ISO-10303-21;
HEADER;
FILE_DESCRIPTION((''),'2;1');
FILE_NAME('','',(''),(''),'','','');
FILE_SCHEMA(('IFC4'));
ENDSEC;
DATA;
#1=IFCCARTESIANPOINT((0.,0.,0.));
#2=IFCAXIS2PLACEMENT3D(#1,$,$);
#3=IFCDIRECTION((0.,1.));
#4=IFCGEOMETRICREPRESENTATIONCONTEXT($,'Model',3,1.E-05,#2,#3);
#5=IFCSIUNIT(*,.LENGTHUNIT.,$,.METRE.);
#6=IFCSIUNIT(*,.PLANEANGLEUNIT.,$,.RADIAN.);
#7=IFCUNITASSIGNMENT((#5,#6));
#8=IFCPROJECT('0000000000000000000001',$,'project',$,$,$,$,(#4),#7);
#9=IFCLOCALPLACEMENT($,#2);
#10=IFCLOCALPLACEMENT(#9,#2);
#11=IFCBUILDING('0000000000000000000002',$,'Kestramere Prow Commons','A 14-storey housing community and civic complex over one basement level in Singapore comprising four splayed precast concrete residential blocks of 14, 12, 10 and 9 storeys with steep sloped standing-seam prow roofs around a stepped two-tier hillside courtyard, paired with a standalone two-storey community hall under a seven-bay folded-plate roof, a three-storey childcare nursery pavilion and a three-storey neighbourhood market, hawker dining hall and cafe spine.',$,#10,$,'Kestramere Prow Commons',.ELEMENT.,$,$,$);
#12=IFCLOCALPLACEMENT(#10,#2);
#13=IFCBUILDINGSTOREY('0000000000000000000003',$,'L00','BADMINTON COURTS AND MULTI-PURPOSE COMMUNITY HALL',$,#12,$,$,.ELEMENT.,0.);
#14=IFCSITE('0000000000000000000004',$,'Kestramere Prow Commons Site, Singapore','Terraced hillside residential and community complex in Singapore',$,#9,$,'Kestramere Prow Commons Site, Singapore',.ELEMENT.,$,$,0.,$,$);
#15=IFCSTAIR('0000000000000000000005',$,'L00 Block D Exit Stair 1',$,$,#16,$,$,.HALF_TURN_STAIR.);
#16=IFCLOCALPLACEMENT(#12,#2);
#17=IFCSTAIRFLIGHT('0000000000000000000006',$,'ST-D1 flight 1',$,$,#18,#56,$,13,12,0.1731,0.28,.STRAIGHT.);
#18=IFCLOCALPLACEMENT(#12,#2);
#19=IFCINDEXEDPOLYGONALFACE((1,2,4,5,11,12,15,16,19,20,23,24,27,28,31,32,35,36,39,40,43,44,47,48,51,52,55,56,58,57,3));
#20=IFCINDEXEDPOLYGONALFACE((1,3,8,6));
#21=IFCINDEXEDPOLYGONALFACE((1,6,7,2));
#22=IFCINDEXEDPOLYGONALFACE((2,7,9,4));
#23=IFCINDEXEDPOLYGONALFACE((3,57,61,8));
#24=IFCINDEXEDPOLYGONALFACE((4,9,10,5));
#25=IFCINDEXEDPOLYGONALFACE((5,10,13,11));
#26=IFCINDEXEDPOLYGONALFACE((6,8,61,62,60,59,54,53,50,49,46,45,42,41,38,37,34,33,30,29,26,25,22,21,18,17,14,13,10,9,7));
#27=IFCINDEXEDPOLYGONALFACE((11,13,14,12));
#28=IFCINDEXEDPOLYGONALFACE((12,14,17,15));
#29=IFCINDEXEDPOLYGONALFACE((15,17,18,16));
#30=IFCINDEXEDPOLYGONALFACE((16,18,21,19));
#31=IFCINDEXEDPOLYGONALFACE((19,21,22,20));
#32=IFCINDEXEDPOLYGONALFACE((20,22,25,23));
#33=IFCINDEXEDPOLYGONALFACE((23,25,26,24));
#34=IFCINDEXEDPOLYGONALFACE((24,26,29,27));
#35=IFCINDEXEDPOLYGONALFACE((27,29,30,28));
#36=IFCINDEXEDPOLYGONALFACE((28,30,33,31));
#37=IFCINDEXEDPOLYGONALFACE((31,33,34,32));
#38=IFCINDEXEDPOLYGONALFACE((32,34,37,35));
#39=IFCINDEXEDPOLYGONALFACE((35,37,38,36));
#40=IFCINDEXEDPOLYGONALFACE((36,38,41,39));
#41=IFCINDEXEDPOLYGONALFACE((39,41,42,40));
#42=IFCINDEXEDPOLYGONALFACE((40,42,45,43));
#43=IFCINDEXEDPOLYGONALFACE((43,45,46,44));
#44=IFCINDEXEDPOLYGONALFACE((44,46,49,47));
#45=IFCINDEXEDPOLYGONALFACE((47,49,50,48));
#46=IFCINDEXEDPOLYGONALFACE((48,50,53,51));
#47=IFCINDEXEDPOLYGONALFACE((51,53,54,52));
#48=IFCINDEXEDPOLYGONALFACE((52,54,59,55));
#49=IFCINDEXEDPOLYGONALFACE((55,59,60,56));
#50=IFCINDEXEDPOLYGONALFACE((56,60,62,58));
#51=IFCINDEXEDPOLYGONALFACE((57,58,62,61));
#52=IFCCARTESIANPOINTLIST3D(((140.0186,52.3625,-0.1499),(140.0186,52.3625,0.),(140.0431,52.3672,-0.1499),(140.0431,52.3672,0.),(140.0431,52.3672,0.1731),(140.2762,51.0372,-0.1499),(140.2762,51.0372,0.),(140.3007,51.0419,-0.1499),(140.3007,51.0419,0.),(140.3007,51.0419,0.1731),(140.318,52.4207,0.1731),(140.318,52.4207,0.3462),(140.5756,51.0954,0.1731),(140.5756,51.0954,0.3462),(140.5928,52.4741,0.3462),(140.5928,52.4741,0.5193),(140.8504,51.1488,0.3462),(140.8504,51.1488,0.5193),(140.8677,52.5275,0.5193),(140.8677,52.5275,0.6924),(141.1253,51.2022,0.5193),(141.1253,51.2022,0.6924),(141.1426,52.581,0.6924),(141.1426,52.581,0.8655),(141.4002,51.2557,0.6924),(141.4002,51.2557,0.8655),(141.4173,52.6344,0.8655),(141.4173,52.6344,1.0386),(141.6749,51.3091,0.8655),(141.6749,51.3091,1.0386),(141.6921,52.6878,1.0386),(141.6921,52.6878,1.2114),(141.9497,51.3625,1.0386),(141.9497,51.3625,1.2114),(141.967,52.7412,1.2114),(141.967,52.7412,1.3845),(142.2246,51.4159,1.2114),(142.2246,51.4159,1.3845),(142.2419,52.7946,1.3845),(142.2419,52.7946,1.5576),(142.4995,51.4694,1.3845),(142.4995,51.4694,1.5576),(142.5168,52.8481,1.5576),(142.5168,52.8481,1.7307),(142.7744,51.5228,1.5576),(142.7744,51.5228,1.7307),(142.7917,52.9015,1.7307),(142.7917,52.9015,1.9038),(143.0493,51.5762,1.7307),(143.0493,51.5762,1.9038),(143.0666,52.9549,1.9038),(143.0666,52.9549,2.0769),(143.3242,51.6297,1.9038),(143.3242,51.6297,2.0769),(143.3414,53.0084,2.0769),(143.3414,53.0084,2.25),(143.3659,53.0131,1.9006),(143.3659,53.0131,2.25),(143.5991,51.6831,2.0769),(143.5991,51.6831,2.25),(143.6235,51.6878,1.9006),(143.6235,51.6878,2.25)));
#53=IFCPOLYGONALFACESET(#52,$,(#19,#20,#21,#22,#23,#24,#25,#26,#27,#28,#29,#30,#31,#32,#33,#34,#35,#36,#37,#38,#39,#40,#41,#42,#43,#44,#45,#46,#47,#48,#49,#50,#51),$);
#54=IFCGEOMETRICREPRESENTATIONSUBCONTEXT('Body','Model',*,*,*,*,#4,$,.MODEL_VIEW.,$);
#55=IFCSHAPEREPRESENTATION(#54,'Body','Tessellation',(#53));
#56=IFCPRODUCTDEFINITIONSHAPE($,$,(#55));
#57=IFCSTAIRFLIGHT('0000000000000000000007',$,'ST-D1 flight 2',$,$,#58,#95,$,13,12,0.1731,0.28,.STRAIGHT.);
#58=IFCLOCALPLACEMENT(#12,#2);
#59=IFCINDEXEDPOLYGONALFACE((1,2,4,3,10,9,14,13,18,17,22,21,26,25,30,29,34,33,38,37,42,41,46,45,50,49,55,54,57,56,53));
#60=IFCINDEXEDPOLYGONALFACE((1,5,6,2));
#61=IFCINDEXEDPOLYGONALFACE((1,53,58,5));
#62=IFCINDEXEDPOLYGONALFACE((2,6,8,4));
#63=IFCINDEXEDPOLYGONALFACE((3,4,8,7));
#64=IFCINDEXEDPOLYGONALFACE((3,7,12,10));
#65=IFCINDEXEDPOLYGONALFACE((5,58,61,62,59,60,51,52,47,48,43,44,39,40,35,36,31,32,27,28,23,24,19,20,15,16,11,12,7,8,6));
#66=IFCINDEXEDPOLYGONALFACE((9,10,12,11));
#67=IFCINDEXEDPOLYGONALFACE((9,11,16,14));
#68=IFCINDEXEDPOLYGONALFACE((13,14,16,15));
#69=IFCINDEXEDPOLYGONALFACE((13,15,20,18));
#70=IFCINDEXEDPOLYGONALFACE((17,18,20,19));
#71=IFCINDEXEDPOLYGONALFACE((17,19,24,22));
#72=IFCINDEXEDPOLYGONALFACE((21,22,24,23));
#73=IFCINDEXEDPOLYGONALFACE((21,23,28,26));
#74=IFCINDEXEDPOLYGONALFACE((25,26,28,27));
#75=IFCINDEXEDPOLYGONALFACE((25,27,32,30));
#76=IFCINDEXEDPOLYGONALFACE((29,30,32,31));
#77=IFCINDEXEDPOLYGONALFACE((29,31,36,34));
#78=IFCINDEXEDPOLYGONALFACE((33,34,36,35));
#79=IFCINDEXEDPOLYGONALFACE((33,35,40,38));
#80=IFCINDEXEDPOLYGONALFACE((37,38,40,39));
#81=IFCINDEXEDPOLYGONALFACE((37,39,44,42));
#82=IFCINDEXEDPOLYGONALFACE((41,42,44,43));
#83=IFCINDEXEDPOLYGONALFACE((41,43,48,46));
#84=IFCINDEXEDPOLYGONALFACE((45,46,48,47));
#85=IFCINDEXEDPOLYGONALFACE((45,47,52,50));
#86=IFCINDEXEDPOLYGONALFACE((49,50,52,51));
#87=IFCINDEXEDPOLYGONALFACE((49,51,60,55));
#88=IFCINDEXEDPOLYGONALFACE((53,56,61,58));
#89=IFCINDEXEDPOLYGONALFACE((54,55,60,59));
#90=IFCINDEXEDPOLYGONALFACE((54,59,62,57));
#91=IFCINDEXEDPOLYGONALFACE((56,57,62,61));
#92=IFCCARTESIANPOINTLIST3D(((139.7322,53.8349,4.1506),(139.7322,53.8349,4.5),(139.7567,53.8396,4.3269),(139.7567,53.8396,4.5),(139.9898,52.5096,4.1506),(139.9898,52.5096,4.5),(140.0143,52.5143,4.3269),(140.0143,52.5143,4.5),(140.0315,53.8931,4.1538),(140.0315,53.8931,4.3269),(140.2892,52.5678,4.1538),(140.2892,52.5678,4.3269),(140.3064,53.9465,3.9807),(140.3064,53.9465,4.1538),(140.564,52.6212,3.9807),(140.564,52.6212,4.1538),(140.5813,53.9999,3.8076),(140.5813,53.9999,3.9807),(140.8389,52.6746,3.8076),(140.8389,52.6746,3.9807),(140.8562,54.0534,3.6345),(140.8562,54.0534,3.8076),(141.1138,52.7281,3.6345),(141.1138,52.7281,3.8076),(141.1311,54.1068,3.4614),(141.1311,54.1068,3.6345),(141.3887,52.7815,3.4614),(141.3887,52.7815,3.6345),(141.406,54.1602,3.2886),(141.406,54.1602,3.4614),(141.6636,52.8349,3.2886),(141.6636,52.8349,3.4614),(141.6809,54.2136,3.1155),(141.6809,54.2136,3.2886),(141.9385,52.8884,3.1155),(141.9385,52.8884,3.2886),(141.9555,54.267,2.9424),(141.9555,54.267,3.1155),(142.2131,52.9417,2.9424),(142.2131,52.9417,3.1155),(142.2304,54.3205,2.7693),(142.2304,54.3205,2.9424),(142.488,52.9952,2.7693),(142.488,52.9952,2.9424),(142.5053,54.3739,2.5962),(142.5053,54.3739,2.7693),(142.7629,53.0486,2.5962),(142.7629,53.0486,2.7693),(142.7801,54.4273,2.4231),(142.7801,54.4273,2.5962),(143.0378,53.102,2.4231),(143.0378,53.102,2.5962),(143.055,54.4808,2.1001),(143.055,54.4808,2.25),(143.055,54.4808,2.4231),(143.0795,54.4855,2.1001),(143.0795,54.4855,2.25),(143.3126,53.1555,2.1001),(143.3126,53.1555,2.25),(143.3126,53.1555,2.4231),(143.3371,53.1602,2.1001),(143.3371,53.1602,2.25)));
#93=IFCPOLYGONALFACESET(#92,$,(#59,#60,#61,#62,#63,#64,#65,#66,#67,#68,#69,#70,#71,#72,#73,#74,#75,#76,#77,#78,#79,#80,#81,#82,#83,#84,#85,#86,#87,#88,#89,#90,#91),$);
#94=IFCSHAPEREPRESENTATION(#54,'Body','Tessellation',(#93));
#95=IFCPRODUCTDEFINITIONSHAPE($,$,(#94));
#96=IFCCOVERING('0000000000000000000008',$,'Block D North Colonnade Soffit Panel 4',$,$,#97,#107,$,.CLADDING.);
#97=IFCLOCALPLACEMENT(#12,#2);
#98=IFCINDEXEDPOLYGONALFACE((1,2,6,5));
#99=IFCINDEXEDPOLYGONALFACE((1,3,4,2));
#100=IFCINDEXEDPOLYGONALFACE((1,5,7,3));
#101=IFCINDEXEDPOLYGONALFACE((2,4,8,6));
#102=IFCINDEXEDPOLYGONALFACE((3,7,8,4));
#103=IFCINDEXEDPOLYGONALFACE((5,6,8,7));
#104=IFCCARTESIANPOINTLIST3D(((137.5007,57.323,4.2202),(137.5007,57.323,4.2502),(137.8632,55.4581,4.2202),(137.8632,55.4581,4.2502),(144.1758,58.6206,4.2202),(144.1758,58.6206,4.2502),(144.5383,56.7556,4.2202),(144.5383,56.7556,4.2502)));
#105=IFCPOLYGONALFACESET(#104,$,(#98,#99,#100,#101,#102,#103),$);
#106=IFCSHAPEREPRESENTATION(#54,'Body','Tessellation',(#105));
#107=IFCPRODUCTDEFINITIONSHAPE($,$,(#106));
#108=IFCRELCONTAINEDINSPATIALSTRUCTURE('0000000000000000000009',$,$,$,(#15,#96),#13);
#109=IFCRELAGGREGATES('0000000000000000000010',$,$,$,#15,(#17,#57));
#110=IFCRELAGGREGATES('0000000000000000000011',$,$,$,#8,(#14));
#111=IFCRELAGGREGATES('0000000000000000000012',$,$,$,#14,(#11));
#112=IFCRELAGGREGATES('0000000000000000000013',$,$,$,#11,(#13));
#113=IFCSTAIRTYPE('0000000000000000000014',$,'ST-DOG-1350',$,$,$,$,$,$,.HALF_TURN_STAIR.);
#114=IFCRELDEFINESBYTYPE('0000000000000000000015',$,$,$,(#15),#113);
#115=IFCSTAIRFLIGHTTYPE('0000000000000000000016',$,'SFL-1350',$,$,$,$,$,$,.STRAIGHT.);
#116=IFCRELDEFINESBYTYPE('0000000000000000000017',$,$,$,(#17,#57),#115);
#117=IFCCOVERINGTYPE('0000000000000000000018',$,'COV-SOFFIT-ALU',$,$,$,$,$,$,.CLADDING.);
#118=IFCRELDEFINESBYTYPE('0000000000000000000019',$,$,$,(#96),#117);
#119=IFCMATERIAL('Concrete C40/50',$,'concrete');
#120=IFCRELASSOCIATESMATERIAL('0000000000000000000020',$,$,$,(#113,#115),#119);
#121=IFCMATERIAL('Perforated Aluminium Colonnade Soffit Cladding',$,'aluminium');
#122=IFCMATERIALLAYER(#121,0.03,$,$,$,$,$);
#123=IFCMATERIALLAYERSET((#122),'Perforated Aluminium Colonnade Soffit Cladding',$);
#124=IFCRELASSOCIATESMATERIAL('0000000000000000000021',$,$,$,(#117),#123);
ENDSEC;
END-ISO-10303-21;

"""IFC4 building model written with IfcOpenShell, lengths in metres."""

from ifc_helpers import new_model, si_unit, direction, frame, origin, origin_2d, place, context, subcontext, project, spatial, polyline, rectangle, outline, extrude, material, layer, layer_set, type_object, element, aggregate, save


model = new_model("IFC4")

# Units and contexts
model_context = context("Model", 3, precision=1e-05, world=origin(), true_north=direction((0.0, 1.0)))
body_context = subcontext(model_context, "Body", "Model", "MODEL_VIEW")
ifc_project = project(units=[si_unit("LENGTHUNIT", "METRE"), si_unit("PLANEANGLEUNIT", "RADIAN")], contexts=[model_context])

# Site, building, storey
site_placement = place(None, origin())
site = spatial("IfcSite", under=ifc_project, at=site_placement, Name="Kestramere Prow Commons Site, Singapore", Description="Terraced hillside residential and community complex in Singapore", LongName="Kestramere Prow Commons Site, Singapore", CompositionType="ELEMENT", RefElevation=0.0)
building_placement = place(site_placement, origin())
building = spatial("IfcBuilding", under=site, at=building_placement, Name="Kestramere Prow Commons", Description="A 14-storey housing community and civic complex over one basement level in Singapore comprising four splayed precast concrete residential blocks of 14, 12, 10 and 9 storeys with steep sloped standing-seam prow roofs around a stepped two-tier hillside courtyard, paired with a standalone two-storey community hall under a seven-bay folded-plate roof, a three-storey childcare nursery pavilion and a three-storey neighbourhood market, hawker dining hall and cafe spine.", LongName="Kestramere Prow Commons", CompositionType="ELEMENT")
storey_placement = place(building_placement, origin())
storey = spatial("IfcBuildingStorey", under=building, at=storey_placement, Name="L00", Description="BADMINTON COURTS AND MULTI-PURPOSE COMMUNITY HALL", CompositionType="ELEMENT", Elevation=0.0)

# Shared definitions
ifc_material_1 = material(Name="Concrete C40/50", Category="concrete")

# Stair, stair flights
stair_type = type_object("IfcStairType", Name="ST-DOG-1350", PredefinedType="HALF_TURN_STAIR", material=ifc_material_1)
stair_placement = place(storey_placement, origin())
stair = element("IfcStair", 1, at=stair_placement, inside=storey, type_object=stair_type, Name="L00 Block D Exit Stair 1", PredefinedType="HALF_TURN_STAIR")
stair_flight_type = type_object("IfcStairFlightType", Name="SFL-1350", PredefinedType="STRAIGHT", material=ifc_material_1)
stair_flight_1_placement = place(storey_placement, frame((140.1719, 51.7046, 0.0), z_axis=(0.0, 0.0, 1.0), x_axis=(0.981627, 0.190809, 0.0)))
stair_flight_1 = element("IfcStairFlight", 2, at=stair_flight_1_placement, type_object=stair_flight_type, Name="ST-D1 flight 1", NumberOfRisers=13, NumberOfTreads=12, PredefinedType="STRAIGHT", RiserHeight=0.1731, TreadLength=0.28, context=body_context, shape_type="SweptSolid", body=[
    extrude(outline(polyline([(-0.0249, 0.0), (0.0, 0.0), (0.0, 0.1731), (0.28, 0.1731), (0.28, 0.3462), (0.5601, 0.3462), (0.5601, 0.5193), (0.8401, 0.5193), (0.8401, 0.6924), (1.1201, 0.6924), (1.1201, 0.8655), (1.3999, 0.8655), (1.3999, 1.0386), (1.6799, 1.0386), (1.6799, 1.2114), (1.96, 1.2114), (1.96, 1.3845), (2.24, 1.3845), (2.24, 1.5576), (2.52, 1.5576), (2.52, 1.7307), (2.8, 1.7307), (2.8, 1.9038), (3.0801, 1.9038), (3.0801, 2.0769), (3.3601, 2.0769), (3.3601, 2.25), (3.385, 2.25), (3.385, 1.9006), (0.0, -0.1499), (-0.0249, -0.1499), (-0.0249, 0.0)])), frame((0.0, 0.675, 0.0), z_axis=(0.0, -1.0, 0.0), x_axis=(1.0, 0.0, 0.0)), (0.0, 0.0, 1.0), 1.3501),
])
stair_flight_2_placement = place(storey_placement, frame((143.1838, 53.8181, 2.25), z_axis=(0.0, 0.0, 1.0), x_axis=(-0.981627, -0.190809, 0.0)))
stair_flight_2 = element("IfcStairFlight", 3, at=stair_flight_2_placement, type_object=stair_flight_type, Name="ST-D1 flight 2", NumberOfRisers=13, NumberOfTreads=12, PredefinedType="STRAIGHT", RiserHeight=0.1731, TreadLength=0.28, context=body_context, shape_type="SweptSolid", body=[
    extrude(outline(polyline([(-0.0249, 0.0), (0.0, 0.0), (0.0, 0.1731), (0.28, 0.1731), (0.28, 0.3462), (0.5601, 0.3462), (0.5601, 0.5193), (0.8401, 0.5193), (0.8401, 0.6924), (1.1201, 0.6924), (1.1201, 0.8655), (1.3999, 0.8655), (1.3999, 1.0386), (1.6799, 1.0386), (1.6799, 1.2114), (1.96, 1.2114), (1.96, 1.3845), (2.24, 1.3845), (2.24, 1.5576), (2.52, 1.5576), (2.52, 1.7307), (2.8, 1.7307), (2.8, 1.9038), (3.0801, 1.9038), (3.0801, 2.0769), (3.3601, 2.0769), (3.3601, 2.25), (3.385, 2.25), (3.385, 1.9006), (0.0, -0.1499), (-0.0249, -0.1499), (-0.0249, 0.0)])), frame((0.0, 0.675, 0.0), z_axis=(0.0, -1.0, 0.0), x_axis=(1.0, 0.0, 0.0)), (0.0, 0.0, 1.0), 1.3501),
])
aggregate(stair, [stair_flight_1, stair_flight_2])

# Covering
ifc_material_2 = material(Name="Perforated Aluminium Colonnade Soffit Cladding", Category="aluminium")
ifc_layer_1 = layer(ifc_material_2, 0.03)
ifc_layer_set_1 = layer_set([ifc_layer_1], Name="Perforated Aluminium Colonnade Soffit Cladding")
covering_type = type_object("IfcCoveringType", Name="COV-SOFFIT-ALU", PredefinedType="CLADDING", material=ifc_layer_set_1)
covering_placement = place(storey_placement, frame((141.0195, 57.0393, 4.2202), z_axis=(0.0, 0.0, 1.0), x_axis=(0.981627, 0.190809, 0.0)))
element("IfcCovering", 4, at=covering_placement, inside=storey, type_object=covering_type, Name="Block D North Colonnade Soffit Panel 4", PredefinedType="CLADDING", context=body_context, shape_type="SweptSolid", body=[
    extrude(rectangle(XDim=6.8, YDim=1.8999, at=origin_2d()), origin(), (0.0, 0.0, 1.0), 0.03),
])

save(model, "model.ifc")
